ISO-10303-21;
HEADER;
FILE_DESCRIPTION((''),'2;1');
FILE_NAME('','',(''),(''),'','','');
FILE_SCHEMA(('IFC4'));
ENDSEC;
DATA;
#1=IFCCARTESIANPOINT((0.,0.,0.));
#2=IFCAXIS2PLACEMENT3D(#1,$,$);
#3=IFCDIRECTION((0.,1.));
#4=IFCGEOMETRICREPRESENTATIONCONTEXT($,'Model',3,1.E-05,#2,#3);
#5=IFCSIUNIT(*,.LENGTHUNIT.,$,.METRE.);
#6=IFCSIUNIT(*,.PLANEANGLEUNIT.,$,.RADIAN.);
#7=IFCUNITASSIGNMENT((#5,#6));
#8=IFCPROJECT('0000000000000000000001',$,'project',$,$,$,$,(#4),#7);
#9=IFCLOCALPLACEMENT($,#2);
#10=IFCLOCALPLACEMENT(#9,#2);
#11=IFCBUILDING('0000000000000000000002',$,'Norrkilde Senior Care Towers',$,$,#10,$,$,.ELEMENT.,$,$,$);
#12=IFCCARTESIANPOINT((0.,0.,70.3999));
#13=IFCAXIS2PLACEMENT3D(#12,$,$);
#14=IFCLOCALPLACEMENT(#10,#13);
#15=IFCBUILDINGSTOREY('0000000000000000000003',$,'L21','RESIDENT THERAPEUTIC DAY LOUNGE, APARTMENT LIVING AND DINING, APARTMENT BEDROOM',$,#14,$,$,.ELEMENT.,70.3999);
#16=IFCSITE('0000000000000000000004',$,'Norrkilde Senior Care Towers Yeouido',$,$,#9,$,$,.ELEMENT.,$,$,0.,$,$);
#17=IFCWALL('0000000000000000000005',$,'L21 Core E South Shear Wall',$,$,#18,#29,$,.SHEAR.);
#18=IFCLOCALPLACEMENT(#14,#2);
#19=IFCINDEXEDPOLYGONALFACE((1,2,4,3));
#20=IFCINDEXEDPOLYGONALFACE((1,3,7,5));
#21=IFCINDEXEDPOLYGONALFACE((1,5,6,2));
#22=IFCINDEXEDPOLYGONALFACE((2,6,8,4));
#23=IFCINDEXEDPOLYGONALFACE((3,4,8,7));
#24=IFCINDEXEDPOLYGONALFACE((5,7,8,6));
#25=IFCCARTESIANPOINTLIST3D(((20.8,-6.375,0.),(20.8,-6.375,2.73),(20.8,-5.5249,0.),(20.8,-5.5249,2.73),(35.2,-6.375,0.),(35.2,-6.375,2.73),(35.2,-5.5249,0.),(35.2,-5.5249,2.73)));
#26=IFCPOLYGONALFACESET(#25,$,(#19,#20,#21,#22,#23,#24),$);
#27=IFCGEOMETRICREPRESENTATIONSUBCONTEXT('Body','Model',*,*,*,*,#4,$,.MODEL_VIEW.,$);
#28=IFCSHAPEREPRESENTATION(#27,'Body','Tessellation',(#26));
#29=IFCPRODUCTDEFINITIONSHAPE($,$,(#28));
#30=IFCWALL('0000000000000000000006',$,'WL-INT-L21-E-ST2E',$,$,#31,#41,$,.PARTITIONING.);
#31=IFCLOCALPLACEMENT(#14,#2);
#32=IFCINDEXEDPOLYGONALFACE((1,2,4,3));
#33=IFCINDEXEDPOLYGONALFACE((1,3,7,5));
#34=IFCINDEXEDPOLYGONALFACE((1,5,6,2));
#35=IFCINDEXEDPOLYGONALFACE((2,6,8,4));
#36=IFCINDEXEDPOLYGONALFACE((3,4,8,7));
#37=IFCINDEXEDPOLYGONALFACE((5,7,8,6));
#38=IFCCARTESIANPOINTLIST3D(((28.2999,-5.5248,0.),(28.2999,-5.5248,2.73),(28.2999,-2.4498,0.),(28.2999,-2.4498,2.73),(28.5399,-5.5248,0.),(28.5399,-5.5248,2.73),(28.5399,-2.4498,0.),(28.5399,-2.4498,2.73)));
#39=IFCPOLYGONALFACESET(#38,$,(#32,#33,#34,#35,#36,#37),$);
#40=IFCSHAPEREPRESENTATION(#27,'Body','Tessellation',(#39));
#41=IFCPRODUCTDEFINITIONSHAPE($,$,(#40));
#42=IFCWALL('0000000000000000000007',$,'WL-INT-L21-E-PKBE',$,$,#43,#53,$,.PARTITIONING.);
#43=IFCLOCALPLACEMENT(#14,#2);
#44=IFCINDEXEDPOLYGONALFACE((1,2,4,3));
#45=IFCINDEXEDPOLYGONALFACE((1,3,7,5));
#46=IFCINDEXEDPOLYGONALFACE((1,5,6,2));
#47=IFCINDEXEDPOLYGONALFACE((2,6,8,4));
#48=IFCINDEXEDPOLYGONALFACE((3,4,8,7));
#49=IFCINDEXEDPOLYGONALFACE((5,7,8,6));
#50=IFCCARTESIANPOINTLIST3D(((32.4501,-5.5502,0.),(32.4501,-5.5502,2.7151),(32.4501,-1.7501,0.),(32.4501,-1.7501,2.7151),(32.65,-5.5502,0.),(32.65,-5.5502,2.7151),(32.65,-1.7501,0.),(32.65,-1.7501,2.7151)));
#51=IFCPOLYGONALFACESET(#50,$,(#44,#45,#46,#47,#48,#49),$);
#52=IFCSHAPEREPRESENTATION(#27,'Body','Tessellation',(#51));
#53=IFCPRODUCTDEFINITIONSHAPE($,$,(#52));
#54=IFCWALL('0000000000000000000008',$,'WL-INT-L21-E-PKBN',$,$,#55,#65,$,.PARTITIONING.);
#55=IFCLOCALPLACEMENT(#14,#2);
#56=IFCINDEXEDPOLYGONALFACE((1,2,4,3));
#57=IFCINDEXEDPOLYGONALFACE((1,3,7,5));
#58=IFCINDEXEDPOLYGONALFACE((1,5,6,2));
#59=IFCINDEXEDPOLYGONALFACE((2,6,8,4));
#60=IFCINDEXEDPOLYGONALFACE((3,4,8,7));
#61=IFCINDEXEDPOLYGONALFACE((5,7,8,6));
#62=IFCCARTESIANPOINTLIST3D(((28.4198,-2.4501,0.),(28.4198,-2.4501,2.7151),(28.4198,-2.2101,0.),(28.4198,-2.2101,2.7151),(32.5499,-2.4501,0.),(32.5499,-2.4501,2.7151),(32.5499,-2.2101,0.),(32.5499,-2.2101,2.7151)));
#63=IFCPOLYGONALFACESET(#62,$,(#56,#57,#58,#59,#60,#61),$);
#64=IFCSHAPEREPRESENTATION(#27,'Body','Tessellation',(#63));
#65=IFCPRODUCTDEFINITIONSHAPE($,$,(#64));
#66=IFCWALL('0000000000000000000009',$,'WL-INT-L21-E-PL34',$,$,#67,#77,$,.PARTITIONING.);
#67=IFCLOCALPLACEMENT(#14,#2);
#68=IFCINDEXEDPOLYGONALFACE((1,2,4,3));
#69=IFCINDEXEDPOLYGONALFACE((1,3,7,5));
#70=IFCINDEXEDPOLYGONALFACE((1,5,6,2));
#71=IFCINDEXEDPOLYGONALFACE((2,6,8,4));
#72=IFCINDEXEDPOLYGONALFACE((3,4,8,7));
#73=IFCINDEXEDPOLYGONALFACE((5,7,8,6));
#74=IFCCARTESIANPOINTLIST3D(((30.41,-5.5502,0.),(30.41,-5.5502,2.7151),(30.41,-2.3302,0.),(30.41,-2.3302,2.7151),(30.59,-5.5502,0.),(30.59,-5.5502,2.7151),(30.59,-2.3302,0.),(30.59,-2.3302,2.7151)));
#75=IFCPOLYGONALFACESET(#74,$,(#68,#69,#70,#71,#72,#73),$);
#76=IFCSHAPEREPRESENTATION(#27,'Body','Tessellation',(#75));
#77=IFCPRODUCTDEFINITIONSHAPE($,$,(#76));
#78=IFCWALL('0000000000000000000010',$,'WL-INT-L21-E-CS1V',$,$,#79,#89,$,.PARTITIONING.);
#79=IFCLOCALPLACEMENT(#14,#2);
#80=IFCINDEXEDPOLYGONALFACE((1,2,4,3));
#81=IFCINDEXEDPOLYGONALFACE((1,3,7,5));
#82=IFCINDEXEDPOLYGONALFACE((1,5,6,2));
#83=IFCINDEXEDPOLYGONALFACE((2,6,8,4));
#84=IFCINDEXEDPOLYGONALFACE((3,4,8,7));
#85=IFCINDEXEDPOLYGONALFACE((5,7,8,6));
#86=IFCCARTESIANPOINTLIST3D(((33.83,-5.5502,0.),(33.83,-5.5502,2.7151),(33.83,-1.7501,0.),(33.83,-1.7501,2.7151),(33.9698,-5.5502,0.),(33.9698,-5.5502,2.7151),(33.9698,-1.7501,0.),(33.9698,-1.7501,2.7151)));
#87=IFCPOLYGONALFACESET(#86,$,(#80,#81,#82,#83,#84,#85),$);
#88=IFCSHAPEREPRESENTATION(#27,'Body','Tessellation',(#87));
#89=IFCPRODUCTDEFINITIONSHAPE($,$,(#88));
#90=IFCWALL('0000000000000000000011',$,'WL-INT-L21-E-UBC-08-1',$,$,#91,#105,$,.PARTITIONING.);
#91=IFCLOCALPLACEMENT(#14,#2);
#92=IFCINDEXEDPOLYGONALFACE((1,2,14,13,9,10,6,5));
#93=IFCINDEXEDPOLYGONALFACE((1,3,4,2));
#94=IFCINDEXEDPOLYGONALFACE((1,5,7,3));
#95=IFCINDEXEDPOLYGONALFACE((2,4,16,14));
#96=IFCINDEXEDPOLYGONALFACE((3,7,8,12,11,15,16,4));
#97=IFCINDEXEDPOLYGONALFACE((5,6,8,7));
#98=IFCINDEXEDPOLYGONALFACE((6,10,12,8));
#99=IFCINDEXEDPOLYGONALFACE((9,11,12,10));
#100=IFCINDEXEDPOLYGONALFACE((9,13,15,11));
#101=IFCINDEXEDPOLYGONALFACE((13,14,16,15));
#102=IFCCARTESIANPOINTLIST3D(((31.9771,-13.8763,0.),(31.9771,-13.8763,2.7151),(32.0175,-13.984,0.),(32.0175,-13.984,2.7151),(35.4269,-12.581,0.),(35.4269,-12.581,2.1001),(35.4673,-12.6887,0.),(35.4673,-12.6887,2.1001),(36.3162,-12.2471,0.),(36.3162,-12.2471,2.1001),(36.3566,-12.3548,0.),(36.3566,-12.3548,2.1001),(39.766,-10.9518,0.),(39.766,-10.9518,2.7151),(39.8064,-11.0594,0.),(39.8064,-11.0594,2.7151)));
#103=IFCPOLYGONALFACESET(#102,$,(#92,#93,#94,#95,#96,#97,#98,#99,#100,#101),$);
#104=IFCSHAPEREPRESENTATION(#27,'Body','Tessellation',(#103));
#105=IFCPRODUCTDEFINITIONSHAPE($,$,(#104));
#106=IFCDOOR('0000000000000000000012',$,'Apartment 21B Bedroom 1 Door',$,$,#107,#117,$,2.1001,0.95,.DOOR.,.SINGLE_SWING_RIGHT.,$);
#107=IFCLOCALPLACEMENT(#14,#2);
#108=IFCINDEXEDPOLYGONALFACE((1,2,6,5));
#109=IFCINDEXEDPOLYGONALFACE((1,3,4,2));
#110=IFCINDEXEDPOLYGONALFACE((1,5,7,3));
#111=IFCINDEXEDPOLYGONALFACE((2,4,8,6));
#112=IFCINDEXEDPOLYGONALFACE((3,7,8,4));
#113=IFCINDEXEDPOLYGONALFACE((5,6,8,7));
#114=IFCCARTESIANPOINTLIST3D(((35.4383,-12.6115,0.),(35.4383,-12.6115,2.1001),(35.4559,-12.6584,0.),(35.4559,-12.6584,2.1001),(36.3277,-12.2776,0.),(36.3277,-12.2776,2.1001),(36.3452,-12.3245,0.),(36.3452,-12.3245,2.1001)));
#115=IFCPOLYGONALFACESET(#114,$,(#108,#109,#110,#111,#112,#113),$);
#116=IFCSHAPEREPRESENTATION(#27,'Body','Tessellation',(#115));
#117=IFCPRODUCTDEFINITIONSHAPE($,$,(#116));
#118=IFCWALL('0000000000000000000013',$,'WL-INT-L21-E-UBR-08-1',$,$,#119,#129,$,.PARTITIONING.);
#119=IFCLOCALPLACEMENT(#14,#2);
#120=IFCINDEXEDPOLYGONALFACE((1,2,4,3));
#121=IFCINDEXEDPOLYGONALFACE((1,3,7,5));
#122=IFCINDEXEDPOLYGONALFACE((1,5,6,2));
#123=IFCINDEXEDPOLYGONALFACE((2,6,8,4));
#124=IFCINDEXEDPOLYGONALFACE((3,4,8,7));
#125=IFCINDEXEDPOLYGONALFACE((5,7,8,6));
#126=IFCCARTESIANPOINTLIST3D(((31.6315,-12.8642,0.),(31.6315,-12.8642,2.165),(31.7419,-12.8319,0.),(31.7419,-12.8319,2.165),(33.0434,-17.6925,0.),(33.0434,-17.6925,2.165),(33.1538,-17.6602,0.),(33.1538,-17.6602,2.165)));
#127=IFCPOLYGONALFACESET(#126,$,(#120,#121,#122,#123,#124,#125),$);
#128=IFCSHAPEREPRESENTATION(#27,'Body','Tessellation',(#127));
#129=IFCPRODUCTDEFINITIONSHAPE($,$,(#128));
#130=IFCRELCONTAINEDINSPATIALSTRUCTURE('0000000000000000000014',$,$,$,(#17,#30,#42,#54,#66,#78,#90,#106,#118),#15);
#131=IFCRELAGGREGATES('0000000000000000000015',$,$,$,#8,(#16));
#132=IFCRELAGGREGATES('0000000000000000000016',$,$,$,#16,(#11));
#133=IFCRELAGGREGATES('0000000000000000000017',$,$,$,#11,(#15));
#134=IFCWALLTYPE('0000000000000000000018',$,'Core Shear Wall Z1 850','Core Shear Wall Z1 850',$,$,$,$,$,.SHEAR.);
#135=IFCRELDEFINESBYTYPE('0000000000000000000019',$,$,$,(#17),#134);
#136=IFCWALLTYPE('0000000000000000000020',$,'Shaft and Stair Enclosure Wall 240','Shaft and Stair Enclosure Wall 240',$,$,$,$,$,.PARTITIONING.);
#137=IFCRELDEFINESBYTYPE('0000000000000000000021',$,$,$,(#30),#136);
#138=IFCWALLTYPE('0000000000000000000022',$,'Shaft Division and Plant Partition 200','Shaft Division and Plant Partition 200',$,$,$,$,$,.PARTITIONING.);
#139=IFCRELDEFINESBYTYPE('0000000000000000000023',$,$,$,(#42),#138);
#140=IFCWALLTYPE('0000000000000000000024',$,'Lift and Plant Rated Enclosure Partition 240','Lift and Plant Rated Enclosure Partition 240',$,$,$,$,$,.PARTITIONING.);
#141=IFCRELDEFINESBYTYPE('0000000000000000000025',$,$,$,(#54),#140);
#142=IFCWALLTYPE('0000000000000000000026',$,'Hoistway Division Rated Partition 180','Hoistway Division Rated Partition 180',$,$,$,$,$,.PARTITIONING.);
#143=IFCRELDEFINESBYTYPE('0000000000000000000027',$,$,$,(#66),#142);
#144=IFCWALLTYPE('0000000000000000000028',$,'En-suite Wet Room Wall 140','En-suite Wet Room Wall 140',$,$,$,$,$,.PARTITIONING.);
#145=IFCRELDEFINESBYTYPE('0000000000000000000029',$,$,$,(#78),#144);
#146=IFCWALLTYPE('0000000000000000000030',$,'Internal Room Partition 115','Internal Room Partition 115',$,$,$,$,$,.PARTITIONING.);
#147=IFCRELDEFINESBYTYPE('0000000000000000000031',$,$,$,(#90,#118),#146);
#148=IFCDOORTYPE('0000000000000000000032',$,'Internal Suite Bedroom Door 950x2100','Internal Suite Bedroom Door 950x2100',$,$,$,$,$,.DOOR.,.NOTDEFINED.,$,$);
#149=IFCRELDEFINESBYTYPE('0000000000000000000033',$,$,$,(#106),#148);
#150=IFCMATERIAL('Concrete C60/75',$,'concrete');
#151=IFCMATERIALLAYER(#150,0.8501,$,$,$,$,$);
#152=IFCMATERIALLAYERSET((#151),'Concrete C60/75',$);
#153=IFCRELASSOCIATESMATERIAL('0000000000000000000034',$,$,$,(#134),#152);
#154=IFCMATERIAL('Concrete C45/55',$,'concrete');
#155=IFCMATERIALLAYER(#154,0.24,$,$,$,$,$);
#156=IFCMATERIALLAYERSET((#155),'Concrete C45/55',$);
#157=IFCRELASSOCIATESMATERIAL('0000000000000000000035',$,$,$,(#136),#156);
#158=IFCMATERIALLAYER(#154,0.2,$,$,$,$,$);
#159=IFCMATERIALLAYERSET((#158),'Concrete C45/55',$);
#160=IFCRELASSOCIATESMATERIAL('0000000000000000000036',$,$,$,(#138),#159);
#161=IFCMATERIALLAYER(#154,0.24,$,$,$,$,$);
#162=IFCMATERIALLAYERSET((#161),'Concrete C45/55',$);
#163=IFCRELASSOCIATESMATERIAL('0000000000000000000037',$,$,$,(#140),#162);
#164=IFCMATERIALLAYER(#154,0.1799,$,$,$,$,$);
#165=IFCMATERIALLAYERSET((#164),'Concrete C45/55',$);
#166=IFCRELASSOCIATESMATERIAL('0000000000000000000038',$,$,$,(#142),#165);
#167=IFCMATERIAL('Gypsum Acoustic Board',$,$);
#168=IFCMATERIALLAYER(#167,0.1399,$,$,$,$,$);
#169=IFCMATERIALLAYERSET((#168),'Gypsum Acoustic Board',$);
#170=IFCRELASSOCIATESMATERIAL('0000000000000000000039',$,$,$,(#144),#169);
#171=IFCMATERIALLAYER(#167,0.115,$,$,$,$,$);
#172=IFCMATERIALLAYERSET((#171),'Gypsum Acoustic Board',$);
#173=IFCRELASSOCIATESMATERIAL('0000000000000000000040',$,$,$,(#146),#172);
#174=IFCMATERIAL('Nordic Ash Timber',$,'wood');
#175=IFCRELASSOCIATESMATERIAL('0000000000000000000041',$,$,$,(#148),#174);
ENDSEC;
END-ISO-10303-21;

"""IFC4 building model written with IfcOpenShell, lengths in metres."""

from ifc_helpers import new_model, si_unit, direction, frame, frame_2d, origin, place, context, subcontext, project, spatial, rectangle, extrude, source, transform, mapped, material, layer, layer_set, type_object, type_shapes, element, fill, save


model = new_model("IFC4")

# Units and contexts
model_context = context("Model", 3, precision=1e-05, world=origin(), true_north=direction((0.0, 1.0)))
body_context = subcontext(model_context, "Body", "Model", "MODEL_VIEW")
ifc_project = project(units=[si_unit("LENGTHUNIT", "METRE"), si_unit("PLANEANGLEUNIT", "RADIAN")], contexts=[model_context])

# Site, building, storey
site_placement = place(None, origin())
site = spatial("IfcSite", under=ifc_project, at=site_placement, Name="Norrkilde Senior Care Towers Yeouido", CompositionType="ELEMENT", RefElevation=0.0)
building_placement = place(site_placement, origin())
building = spatial("IfcBuilding", under=site, at=building_placement, Name="Norrkilde Senior Care Towers", CompositionType="ELEMENT")
storey_placement = place(building_placement, frame((0.0, 0.0, 70.3999)))
storey = spatial("IfcBuildingStorey", under=building, at=storey_placement, Name="L21", Description="RESIDENT THERAPEUTIC DAY LOUNGE, APARTMENT LIVING AND DINING, APARTMENT BEDROOM", CompositionType="ELEMENT", Elevation=70.3999)

# Shared definitions
ifc_material_1 = material(Name="Concrete C60/75", Category="concrete")

# Walls
ifc_layer_1 = layer(ifc_material_1, 0.8501)
ifc_layer_set_1 = layer_set([ifc_layer_1], Name="Concrete C60/75")
wall_type_1 = type_object("IfcWallType", Name="Core Shear Wall Z1 850", Description="Core Shear Wall Z1 850", PredefinedType="SHEAR", material=ifc_layer_set_1)
shared_shape_1 = source(origin(), body_context, "Body", "SweptSolid", [
    extrude(rectangle(XDim=14.3999, YDim=0.8501, at=frame_2d((7.2, 0.0))), origin(), (0.0, 0.0, 1.0), 2.73),
])
type_shapes(wall_type_1, [shared_shape_1])
wall_1_placement = place(storey_placement, frame((35.2, -5.95, 0.0), z_axis=(0.0, 0.0, 1.0), x_axis=(-1.0, 0.0, 0.0)))
element("IfcWall", 1, at=wall_1_placement, inside=storey, type_object=wall_type_1, Name="L21 Core E South Shear Wall", PredefinedType="SHEAR", context=body_context, shape_type="MappedRepresentation", body=[
    mapped(shared_shape_1, transform((0.0, 0.0, 0.0), x_axis=(1.0, 0.0, 0.0), y_axis=(0.0, 1.0, 0.0), z_axis=(0.0, 0.0, 1.0), scale=1.0)),
])
ifc_material_2 = material(Name="Concrete C45/55", Category="concrete")
ifc_layer_2 = layer(ifc_material_2, 0.24)
ifc_layer_set_2 = layer_set([ifc_layer_2], Name="Concrete C45/55")
wall_type_2 = type_object("IfcWallType", Name="Shaft and Stair Enclosure Wall 240", Description="Shaft and Stair Enclosure Wall 240", PredefinedType="PARTITIONING", material=ifc_layer_set_2)
shared_shape_2 = source(origin(), body_context, "Body", "SweptSolid", [
    extrude(rectangle(XDim=3.075, YDim=0.24, at=frame_2d((1.5376, 0.0))), origin(), (0.0, 0.0, 1.0), 2.73),
])
type_shapes(wall_type_2, [shared_shape_2])
wall_2_placement = place(storey_placement, frame((28.4199, -5.5249, 0.0), z_axis=(0.0, 0.0, 1.0), x_axis=(0.0, 1.0, 0.0)))
element("IfcWall", 2, at=wall_2_placement, inside=storey, type_object=wall_type_2, Name="WL-INT-L21-E-ST2E", PredefinedType="PARTITIONING", context=body_context, shape_type="MappedRepresentation", body=[
    mapped(shared_shape_2, transform((0.0, 0.0, 0.0), x_axis=(1.0, 0.0, 0.0), y_axis=(0.0, 1.0, 0.0), z_axis=(0.0, 0.0, 1.0), scale=1.0)),
])
ifc_layer_3 = layer(ifc_material_2, 0.2)
ifc_layer_set_3 = layer_set([ifc_layer_3], Name="Concrete C45/55")
wall_type_3 = type_object("IfcWallType", Name="Shaft Division and Plant Partition 200", Description="Shaft Division and Plant Partition 200", PredefinedType="PARTITIONING", material=ifc_layer_set_3)
shared_shape_3 = source(origin(), body_context, "Body", "SweptSolid", [
    extrude(rectangle(XDim=3.8, YDim=0.2, at=frame_2d((1.8999, 0.0))), origin(), (0.0, 0.0, 1.0), 2.7151),
])
type_shapes(wall_type_3, [shared_shape_3])
wall_3_placement = place(storey_placement, frame((32.55, -5.55, 0.0), z_axis=(0.0, 0.0, 1.0), x_axis=(0.0, 1.0, 0.0)))
element("IfcWall", 3, at=wall_3_placement, inside=storey, type_object=wall_type_3, Name="WL-INT-L21-E-PKBE", PredefinedType="PARTITIONING", context=body_context, shape_type="MappedRepresentation", body=[
    mapped(shared_shape_3, transform((0.0, 0.0, 0.0), x_axis=(1.0, 0.0, 0.0), y_axis=(0.0, 1.0, 0.0), z_axis=(0.0, 0.0, 1.0), scale=1.0)),
])
ifc_layer_4 = layer(ifc_material_2, 0.24)
ifc_layer_set_4 = layer_set([ifc_layer_4], Name="Concrete C45/55")
wall_type_4 = type_object("IfcWallType", Name="Lift and Plant Rated Enclosure Partition 240", Description="Lift and Plant Rated Enclosure Partition 240", PredefinedType="PARTITIONING", material=ifc_layer_set_4)
shared_shape_4 = source(origin(), body_context, "Body", "SweptSolid", [
    extrude(rectangle(XDim=4.1301, YDim=0.24, at=frame_2d((2.0649, 0.0))), origin(), (0.0, 0.0, 1.0), 2.7151),
])
type_shapes(wall_type_4, [shared_shape_4])
wall_4_placement = place(storey_placement, frame((28.4199, -2.3301, 0.0), z_axis=(0.0, 0.0, 1.0), x_axis=(1.0, 0.0, 0.0)))
element("IfcWall", 4, at=wall_4_placement, inside=storey, type_object=wall_type_4, Name="WL-INT-L21-E-PKBN", PredefinedType="PARTITIONING", context=body_context, shape_type="MappedRepresentation", body=[
    mapped(shared_shape_4, transform((0.0, 0.0, 0.0), x_axis=(1.0, 0.0, 0.0), y_axis=(0.0, 1.0, 0.0), z_axis=(0.0, 0.0, 1.0), scale=1.0)),
])
ifc_layer_5 = layer(ifc_material_2, 0.1799)
ifc_layer_set_5 = layer_set([ifc_layer_5], Name="Concrete C45/55")
wall_type_5 = type_object("IfcWallType", Name="Hoistway Division Rated Partition 180", Description="Hoistway Division Rated Partition 180", PredefinedType="PARTITIONING", material=ifc_layer_set_5)
shared_shape_5 = source(origin(), body_context, "Body", "SweptSolid", [
    extrude(rectangle(XDim=3.22, YDim=0.1799, at=frame_2d((1.6099, 0.0))), origin(), (0.0, 0.0, 1.0), 2.7151),
])
type_shapes(wall_type_5, [shared_shape_5])
wall_5_placement = place(storey_placement, frame((30.5, -5.55, 0.0), z_axis=(0.0, 0.0, 1.0), x_axis=(0.0, 1.0, 0.0)))
element("IfcWall", 5, at=wall_5_placement, inside=storey, type_object=wall_type_5, Name="WL-INT-L21-E-PL34", PredefinedType="PARTITIONING", context=body_context, shape_type="MappedRepresentation", body=[
    mapped(shared_shape_5, transform((0.0, 0.0, 0.0), x_axis=(1.0, 0.0, 0.0), y_axis=(0.0, 1.0, 0.0), z_axis=(0.0, 0.0, 1.0), scale=1.0)),
])
ifc_material_3 = material(Name="Gypsum Acoustic Board")
ifc_layer_6 = layer(ifc_material_3, 0.1399)
ifc_layer_set_6 = layer_set([ifc_layer_6], Name="Gypsum Acoustic Board")
wall_type_6 = type_object("IfcWallType", Name="En-suite Wet Room Wall 140", Description="En-suite Wet Room Wall 140", PredefinedType="PARTITIONING", material=ifc_layer_set_6)
shared_shape_6 = source(origin(), body_context, "Body", "SweptSolid", [
    extrude(rectangle(XDim=3.8, YDim=0.1399, at=frame_2d((1.8999, 0.0))), origin(), (0.0, 0.0, 1.0), 2.7151),
])
wall_6_placement = place(storey_placement, frame((33.8999, -5.55, 0.0), z_axis=(0.0, 0.0, 1.0), x_axis=(0.0, 1.0, 0.0)))
element("IfcWall", 6, at=wall_6_placement, inside=storey, type_object=wall_type_6, Name="WL-INT-L21-E-CS1V", PredefinedType="PARTITIONING", context=body_context, shape_type="MappedRepresentation", body=[
    mapped(shared_shape_6, transform((0.0, 0.0, 0.0), x_axis=(1.0, 0.0, 0.0), y_axis=(0.0, 1.0, 0.0), z_axis=(0.0, 0.0, 1.0), scale=1.0)),
])

# Wall, opening, door
ifc_layer_7 = layer(ifc_material_3, 0.115)
ifc_layer_set_7 = layer_set([ifc_layer_7], Name="Gypsum Acoustic Board")
wall_type_7 = type_object("IfcWallType", Name="Internal Room Partition 115", Description="Internal Room Partition 115", PredefinedType="PARTITIONING", material=ifc_layer_set_7)
shared_shape_7 = source(origin(), body_context, "Body", "SweptSolid", [
    extrude(rectangle(XDim=8.3198, YDim=0.115, at=frame_2d((4.1599, 0.0))), origin(), (0.0, 0.0, 1.0), 2.7151),
])
wall_7_placement = place(storey_placement, frame((31.9973, -13.9302, 0.0), z_axis=(0.0, 0.0, 1.0), x_axis=(0.936181, 0.351519, 0.0)))
wall_7 = element("IfcWall", 7, at=wall_7_placement, inside=storey, type_object=wall_type_7, Name="WL-INT-L21-E-UBC-08-1", PredefinedType="PARTITIONING", context=body_context, shape_type="MappedRepresentation", body=[
    mapped(shared_shape_7, transform((0.0, 0.0, 0.0), x_axis=(1.0, 0.0, 0.0), y_axis=(0.0, 1.0, 0.0), z_axis=(0.0, 0.0, 1.0), scale=1.0)),
])
opening_1_placement = place(wall_7_placement, frame((3.6848, 0.0, 0.0)))
opening_1 = element("IfcOpeningElement", 8, at=opening_1_placement, cuts=wall_7, PredefinedType="OPENING", context=body_context, shape_type="SweptSolid", body=[
    extrude(rectangle(XDim=0.95, YDim=2.1001, at=frame_2d((0.4751, 1.05))), frame((0.0, 0.0674, 0.0), z_axis=(0.0, -1.0, 0.0), x_axis=(1.0, 0.0, 0.0)), (0.0, 0.0, 1.0), 0.135),
])
ifc_material_4 = material(Name="Nordic Ash Timber", Category="wood")
door_type_1 = type_object("IfcDoorType", Name="Internal Suite Bedroom Door 950x2100", Description="Internal Suite Bedroom Door 950x2100", OperationType="NOTDEFINED", PredefinedType="DOOR", material=ifc_material_4)
shared_shape_8 = source(origin(), body_context, "Body", "SweptSolid", [
    extrude(rectangle(XDim=0.95, YDim=2.1001, at=frame_2d((0.4751, 1.05))), frame((0.0, 0.0249, 0.0), z_axis=(0.0, -1.0, 0.0), x_axis=(1.0, 0.0, 0.0)), (0.0, 0.0, 1.0), 0.05),
])
type_shapes(door_type_1, [shared_shape_8])
door_1_placement = place(opening_1_placement, origin())
door_1 = element("IfcDoor", 9, at=door_1_placement, inside=storey, type_object=door_type_1, Name="Apartment 21B Bedroom 1 Door", OperationType="SINGLE_SWING_RIGHT", OverallHeight=2.1001, OverallWidth=0.95, PredefinedType="DOOR", context=body_context, shape_type="MappedRepresentation", body=[
    mapped(shared_shape_8, transform((0.0, 0.0, 0.0), x_axis=(1.0, 0.0, 0.0), y_axis=(0.0, 1.0, 0.0), z_axis=(0.0, 0.0, 1.0), scale=1.0)),
])
fill(opening_1, door_1)

# Wall
shared_shape_9 = source(origin(), body_context, "Body", "SweptSolid", [
    extrude(rectangle(XDim=5.0305, YDim=0.115, at=frame_2d((2.5151, 0.0))), origin(), (0.0, 0.0, 1.0), 2.165),
])
wall_8_placement = place(storey_placement, frame((31.6868, -12.8481, 0.0), z_axis=(0.0, 0.0, 1.0), x_axis=(0.280658, -0.959808, 0.0)))
element("IfcWall", 10, at=wall_8_placement, inside=storey, type_object=wall_type_7, Name="WL-INT-L21-E-UBR-08-1", PredefinedType="PARTITIONING", context=body_context, shape_type="MappedRepresentation", body=[
    mapped(shared_shape_9, transform((0.0, 0.0, 0.0), x_axis=(1.0, 0.0, 0.0), y_axis=(0.0, 1.0, 0.0), z_axis=(0.0, 0.0, 1.0), scale=1.0)),
])

save(model, "model.ifc")
